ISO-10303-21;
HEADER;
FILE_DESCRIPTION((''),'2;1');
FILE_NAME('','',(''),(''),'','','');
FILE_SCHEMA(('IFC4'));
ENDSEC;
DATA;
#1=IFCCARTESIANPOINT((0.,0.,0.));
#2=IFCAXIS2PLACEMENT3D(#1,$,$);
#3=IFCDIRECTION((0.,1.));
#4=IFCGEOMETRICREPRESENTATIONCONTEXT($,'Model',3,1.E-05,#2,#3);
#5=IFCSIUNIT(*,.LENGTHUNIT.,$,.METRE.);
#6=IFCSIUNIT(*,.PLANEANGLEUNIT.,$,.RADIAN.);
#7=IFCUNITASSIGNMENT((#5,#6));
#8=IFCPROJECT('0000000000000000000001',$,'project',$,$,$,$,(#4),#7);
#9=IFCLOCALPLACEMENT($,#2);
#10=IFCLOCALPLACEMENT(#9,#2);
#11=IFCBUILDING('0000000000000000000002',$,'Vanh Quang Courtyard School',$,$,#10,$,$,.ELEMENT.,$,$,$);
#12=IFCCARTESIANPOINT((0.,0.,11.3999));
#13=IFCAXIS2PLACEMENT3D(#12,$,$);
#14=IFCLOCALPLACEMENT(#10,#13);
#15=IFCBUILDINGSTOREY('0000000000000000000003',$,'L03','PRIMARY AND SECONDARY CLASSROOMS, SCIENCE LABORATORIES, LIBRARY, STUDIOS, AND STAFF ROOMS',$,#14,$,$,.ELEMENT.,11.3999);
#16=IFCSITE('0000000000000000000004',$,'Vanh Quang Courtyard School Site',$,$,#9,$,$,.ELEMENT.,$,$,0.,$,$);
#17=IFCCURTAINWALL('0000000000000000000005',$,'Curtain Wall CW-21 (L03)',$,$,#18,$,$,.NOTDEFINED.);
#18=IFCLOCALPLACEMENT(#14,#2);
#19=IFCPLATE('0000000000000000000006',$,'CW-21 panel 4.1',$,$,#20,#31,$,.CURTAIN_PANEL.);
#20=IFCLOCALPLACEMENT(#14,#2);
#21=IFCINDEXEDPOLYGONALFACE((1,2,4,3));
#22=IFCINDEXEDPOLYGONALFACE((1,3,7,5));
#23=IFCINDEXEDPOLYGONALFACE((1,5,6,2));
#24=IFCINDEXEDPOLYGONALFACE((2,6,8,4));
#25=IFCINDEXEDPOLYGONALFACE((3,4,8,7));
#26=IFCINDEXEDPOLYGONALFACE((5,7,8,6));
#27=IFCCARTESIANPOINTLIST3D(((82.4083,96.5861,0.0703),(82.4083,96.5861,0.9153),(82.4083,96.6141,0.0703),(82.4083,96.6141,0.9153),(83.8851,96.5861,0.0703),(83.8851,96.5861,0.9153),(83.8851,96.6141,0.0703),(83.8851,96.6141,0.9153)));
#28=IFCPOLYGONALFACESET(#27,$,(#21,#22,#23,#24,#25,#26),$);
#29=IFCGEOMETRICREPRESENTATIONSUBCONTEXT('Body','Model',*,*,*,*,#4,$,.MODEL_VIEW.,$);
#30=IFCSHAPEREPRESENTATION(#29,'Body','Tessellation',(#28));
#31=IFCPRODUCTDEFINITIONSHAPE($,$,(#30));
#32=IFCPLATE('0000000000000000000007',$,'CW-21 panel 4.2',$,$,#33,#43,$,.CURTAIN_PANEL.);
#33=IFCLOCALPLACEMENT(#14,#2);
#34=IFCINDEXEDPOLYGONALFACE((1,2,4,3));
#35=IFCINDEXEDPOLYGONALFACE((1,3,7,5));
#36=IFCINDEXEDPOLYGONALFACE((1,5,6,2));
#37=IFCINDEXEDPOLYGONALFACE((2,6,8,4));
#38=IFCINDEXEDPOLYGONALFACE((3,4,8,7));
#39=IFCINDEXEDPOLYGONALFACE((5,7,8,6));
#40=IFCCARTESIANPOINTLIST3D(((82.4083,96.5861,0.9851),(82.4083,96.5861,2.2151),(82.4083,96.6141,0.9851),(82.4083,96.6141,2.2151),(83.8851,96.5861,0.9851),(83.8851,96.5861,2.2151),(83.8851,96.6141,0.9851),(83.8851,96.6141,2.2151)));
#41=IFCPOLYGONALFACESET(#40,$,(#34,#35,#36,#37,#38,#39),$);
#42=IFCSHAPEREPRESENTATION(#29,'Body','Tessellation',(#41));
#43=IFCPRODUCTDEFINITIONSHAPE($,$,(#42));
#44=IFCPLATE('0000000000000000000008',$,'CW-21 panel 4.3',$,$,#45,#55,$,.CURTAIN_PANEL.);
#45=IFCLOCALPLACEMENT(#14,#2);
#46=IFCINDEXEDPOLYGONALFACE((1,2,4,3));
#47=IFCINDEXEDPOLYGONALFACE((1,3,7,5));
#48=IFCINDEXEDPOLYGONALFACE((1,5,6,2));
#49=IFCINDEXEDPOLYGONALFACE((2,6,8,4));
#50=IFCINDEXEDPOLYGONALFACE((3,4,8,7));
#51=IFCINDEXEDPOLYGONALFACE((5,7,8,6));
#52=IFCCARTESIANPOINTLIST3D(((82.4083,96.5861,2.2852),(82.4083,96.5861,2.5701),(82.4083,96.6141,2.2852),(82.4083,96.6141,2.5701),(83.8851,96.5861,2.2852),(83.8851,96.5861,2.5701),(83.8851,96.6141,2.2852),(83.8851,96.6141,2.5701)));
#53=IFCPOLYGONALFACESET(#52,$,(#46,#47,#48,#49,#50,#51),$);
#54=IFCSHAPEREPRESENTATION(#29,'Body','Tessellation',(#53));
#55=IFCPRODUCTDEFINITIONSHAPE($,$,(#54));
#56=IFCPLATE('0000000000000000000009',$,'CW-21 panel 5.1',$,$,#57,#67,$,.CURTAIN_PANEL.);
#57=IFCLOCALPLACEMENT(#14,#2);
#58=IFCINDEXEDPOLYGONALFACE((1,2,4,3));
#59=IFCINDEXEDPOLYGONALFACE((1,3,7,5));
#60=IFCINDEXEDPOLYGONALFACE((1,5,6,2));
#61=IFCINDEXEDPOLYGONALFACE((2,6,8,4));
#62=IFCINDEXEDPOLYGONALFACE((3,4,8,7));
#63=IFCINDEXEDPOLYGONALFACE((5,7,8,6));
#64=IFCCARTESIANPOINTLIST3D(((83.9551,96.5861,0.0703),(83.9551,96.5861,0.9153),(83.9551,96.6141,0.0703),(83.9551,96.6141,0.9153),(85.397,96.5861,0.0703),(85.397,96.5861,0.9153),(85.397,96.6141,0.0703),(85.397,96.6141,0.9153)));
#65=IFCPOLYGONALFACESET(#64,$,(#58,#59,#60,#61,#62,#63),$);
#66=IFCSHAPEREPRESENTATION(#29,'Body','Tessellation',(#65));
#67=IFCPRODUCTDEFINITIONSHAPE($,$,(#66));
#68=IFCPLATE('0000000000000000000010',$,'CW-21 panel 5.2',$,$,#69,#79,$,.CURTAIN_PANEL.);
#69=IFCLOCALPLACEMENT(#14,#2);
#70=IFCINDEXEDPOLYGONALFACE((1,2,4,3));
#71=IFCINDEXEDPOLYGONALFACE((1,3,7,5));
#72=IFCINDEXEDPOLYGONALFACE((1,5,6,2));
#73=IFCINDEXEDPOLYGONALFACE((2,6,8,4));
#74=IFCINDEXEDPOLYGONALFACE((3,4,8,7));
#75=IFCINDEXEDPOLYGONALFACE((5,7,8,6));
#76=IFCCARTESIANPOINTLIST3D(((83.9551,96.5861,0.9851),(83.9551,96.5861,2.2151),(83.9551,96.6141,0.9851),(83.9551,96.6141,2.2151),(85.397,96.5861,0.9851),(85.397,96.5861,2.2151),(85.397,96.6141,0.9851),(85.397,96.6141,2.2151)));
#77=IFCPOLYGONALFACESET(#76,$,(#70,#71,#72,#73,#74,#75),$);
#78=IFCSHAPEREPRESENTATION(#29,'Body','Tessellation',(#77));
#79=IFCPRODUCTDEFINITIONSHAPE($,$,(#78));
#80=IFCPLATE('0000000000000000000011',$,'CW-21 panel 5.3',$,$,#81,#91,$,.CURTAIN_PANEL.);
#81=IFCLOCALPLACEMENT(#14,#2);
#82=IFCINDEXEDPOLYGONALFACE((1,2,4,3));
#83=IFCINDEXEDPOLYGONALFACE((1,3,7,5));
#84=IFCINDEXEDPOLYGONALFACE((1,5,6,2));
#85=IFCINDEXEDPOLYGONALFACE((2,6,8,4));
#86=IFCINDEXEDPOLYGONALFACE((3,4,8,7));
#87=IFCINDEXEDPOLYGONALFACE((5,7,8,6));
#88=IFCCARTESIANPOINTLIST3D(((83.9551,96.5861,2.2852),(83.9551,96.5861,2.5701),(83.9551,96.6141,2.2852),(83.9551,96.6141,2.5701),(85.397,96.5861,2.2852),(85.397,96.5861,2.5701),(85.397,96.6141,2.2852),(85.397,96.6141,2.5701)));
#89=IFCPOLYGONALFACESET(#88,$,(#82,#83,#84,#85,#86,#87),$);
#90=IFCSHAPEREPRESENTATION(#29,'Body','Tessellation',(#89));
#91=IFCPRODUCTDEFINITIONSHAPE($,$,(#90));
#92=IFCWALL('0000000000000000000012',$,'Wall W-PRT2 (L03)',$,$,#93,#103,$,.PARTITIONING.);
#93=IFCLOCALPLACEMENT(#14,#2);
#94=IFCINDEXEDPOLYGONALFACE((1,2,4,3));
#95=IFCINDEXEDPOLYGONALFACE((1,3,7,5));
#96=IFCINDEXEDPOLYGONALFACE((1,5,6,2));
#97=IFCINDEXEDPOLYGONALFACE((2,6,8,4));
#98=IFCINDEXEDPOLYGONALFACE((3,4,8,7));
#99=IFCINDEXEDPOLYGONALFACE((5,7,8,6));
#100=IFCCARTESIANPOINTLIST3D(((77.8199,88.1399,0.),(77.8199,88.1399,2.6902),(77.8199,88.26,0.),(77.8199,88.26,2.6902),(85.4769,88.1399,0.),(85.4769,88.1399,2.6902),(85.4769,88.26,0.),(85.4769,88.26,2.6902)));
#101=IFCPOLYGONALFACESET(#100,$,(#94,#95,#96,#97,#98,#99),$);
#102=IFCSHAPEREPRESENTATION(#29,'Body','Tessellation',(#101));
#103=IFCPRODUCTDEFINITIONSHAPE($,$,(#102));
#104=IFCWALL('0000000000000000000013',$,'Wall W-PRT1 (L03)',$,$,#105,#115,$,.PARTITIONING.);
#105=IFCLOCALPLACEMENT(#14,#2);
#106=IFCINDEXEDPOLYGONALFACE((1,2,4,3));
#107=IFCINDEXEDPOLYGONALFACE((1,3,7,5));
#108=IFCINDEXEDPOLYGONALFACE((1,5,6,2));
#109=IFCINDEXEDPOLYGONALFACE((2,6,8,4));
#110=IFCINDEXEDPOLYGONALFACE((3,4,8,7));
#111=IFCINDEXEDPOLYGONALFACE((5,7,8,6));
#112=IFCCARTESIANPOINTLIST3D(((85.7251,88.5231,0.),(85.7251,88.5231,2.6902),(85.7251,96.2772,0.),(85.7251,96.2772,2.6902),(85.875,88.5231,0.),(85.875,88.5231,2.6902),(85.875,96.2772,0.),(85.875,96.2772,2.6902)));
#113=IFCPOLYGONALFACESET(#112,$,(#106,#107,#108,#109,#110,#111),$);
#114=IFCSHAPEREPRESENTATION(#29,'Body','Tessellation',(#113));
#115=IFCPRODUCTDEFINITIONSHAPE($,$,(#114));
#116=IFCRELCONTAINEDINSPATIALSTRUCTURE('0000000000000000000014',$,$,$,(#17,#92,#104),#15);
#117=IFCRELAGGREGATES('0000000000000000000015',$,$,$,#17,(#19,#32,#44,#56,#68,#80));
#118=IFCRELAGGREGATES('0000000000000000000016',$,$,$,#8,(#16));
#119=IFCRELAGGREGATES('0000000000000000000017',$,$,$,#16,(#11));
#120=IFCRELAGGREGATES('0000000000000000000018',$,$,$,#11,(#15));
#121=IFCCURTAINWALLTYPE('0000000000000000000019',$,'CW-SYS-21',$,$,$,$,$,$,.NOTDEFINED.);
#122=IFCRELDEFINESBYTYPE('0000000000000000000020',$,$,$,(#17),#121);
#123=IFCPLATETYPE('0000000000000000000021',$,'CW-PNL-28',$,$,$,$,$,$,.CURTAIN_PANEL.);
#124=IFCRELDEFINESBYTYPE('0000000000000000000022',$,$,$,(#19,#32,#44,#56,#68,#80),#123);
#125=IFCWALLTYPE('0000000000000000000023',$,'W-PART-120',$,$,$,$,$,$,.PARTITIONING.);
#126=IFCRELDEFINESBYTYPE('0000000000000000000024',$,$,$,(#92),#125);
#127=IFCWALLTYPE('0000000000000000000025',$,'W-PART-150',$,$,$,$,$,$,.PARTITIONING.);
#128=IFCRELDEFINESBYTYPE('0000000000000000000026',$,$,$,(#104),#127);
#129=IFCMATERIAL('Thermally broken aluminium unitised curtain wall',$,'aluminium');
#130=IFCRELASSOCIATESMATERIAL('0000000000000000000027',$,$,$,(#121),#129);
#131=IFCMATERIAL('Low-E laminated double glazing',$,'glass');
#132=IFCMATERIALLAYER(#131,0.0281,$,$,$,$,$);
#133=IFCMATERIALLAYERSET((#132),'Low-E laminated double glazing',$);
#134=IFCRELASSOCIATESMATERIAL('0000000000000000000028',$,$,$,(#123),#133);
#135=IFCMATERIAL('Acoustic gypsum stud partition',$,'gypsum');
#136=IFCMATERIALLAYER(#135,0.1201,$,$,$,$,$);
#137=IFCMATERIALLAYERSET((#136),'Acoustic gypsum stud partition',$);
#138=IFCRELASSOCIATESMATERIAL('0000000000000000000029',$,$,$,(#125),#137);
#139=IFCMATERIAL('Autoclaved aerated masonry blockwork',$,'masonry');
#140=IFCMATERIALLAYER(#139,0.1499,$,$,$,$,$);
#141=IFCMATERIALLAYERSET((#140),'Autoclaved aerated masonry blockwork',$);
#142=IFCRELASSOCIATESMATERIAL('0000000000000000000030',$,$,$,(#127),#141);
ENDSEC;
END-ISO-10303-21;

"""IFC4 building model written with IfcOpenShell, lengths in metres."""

from ifc_helpers import new_model, si_unit, direction, frame, frame_2d, origin, origin_2d, place, context, subcontext, project, spatial, rectangle, extrude, material, layer, layer_set, type_object, element, aggregate, save


model = new_model("IFC4")

# Units and contexts
model_context = context("Model", 3, precision=1e-05, world=origin(), true_north=direction((0.0, 1.0)))
body_context = subcontext(model_context, "Body", "Model", "MODEL_VIEW")
ifc_project = project(units=[si_unit("LENGTHUNIT", "METRE"), si_unit("PLANEANGLEUNIT", "RADIAN")], contexts=[model_context])

# Site, building, storey
site_placement = place(None, origin())
site = spatial("IfcSite", under=ifc_project, at=site_placement, Name="Vanh Quang Courtyard School Site", CompositionType="ELEMENT", RefElevation=0.0)
building_placement = place(site_placement, origin())
building = spatial("IfcBuilding", under=site, at=building_placement, Name="Vanh Quang Courtyard School", CompositionType="ELEMENT")
storey_placement = place(building_placement, frame((0.0, 0.0, 11.3999)))
storey = spatial("IfcBuildingStorey", under=building, at=storey_placement, Name="L03", Description="PRIMARY AND SECONDARY CLASSROOMS, SCIENCE LABORATORIES, LIBRARY, STUDIOS, AND STAFF ROOMS", CompositionType="ELEMENT", Elevation=11.3999)

# Curtain wall
ifc_material_1 = material(Name="Thermally broken aluminium unitised curtain wall", Category="aluminium")
curtain_wall_type = type_object("IfcCurtainWallType", Name="CW-SYS-21", PredefinedType="NOTDEFINED", material=ifc_material_1)
curtain_wall_placement = place(storey_placement, origin())
curtain_wall = element("IfcCurtainWall", 1, at=curtain_wall_placement, inside=storey, type_object=curtain_wall_type, Name="Curtain Wall CW-21 (L03)", PredefinedType="NOTDEFINED")

# Plates
ifc_material_2 = material(Name="Low-E laminated double glazing", Category="glass")
ifc_layer_1 = layer(ifc_material_2, 0.0281)
ifc_layer_set_1 = layer_set([ifc_layer_1], Name="Low-E laminated double glazing")
plate_type = type_object("IfcPlateType", Name="CW-PNL-28", PredefinedType="CURTAIN_PANEL", material=ifc_layer_set_1)
plate_1_placement = place(storey_placement, frame((83.1467, 96.6001, 0.0703), z_axis=(0.0, 0.0, 1.0), x_axis=(1.0, 0.0, 0.0)))
plate_1 = element("IfcPlate", 2, at=plate_1_placement, type_object=plate_type, Name="CW-21 panel 4.1", PredefinedType="CURTAIN_PANEL", context=body_context, shape_type="SweptSolid", body=[
    extrude(rectangle(XDim=1.4768, YDim=0.0281, at=origin_2d()), origin(), (0.0, 0.0, 1.0), 0.845),
])
plate_2_placement = place(storey_placement, frame((83.1467, 96.6001, 0.9851), z_axis=(0.0, 0.0, 1.0), x_axis=(1.0, 0.0, 0.0)))
plate_2 = element("IfcPlate", 3, at=plate_2_placement, type_object=plate_type, Name="CW-21 panel 4.2", PredefinedType="CURTAIN_PANEL", context=body_context, shape_type="SweptSolid", body=[
    extrude(rectangle(XDim=1.4768, YDim=0.0281, at=origin_2d()), origin(), (0.0, 0.0, 1.0), 1.23),
])
plate_3_placement = place(storey_placement, frame((83.1467, 96.6001, 2.2852), z_axis=(0.0, 0.0, 1.0), x_axis=(1.0, 0.0, 0.0)))
plate_3 = element("IfcPlate", 4, at=plate_3_placement, type_object=plate_type, Name="CW-21 panel 4.3", PredefinedType="CURTAIN_PANEL", context=body_context, shape_type="SweptSolid", body=[
    extrude(rectangle(XDim=1.4768, YDim=0.0281, at=origin_2d()), origin(), (0.0, 0.0, 1.0), 0.2849),
])
plate_4_placement = place(storey_placement, frame((84.676, 96.6001, 0.0703), z_axis=(0.0, 0.0, 1.0), x_axis=(1.0, 0.0, 0.0)))
plate_4 = element("IfcPlate", 5, at=plate_4_placement, type_object=plate_type, Name="CW-21 panel 5.1", PredefinedType="CURTAIN_PANEL", context=body_context, shape_type="SweptSolid", body=[
    extrude(rectangle(XDim=1.4419, YDim=0.0281, at=origin_2d()), origin(), (0.0, 0.0, 1.0), 0.845),
])
plate_5_placement = place(storey_placement, frame((84.676, 96.6001, 0.9851), z_axis=(0.0, 0.0, 1.0), x_axis=(1.0, 0.0, 0.0)))
plate_5 = element("IfcPlate", 6, at=plate_5_placement, type_object=plate_type, Name="CW-21 panel 5.2", PredefinedType="CURTAIN_PANEL", context=body_context, shape_type="SweptSolid", body=[
    extrude(rectangle(XDim=1.4419, YDim=0.0281, at=origin_2d()), origin(), (0.0, 0.0, 1.0), 1.23),
])
plate_6_placement = place(storey_placement, frame((84.676, 96.6001, 2.2852), z_axis=(0.0, 0.0, 1.0), x_axis=(1.0, 0.0, 0.0)))
plate_6 = element("IfcPlate", 7, at=plate_6_placement, type_object=plate_type, Name="CW-21 panel 5.3", PredefinedType="CURTAIN_PANEL", context=body_context, shape_type="SweptSolid", body=[
    extrude(rectangle(XDim=1.4419, YDim=0.0281, at=origin_2d()), origin(), (0.0, 0.0, 1.0), 0.2849),
])
aggregate(curtain_wall, [plate_1, plate_2, plate_3, plate_4, plate_5, plate_6])

# Walls
ifc_material_3 = material(Name="Acoustic gypsum stud partition", Category="gypsum")
ifc_layer_2 = layer(ifc_material_3, 0.1201)
ifc_layer_set_2 = layer_set([ifc_layer_2], Name="Acoustic gypsum stud partition")
wall_type_1 = type_object("IfcWallType", Name="W-PART-120", PredefinedType="PARTITIONING", material=ifc_layer_set_2)
wall_1_placement = place(storey_placement, frame((85.4771, 88.2, 0.0), z_axis=(0.0, 0.0, 1.0), x_axis=(-1.0, 0.0, 0.0)))
element("IfcWall", 8, at=wall_1_placement, inside=storey, type_object=wall_type_1, Name="Wall W-PRT2 (L03)", PredefinedType="PARTITIONING", context=body_context, shape_type="SweptSolid", body=[
    extrude(rectangle(XDim=7.657, YDim=0.1201, at=frame_2d((3.8286, 0.0))), origin(), (0.0, 0.0, 1.0), 2.6902),
])
ifc_material_4 = material(Name="Autoclaved aerated masonry blockwork", Category="masonry")
ifc_layer_3 = layer(ifc_material_4, 0.1499)
ifc_layer_set_3 = layer_set([ifc_layer_3], Name="Autoclaved aerated masonry blockwork")
wall_type_2 = type_object("IfcWallType", Name="W-PART-150", PredefinedType="PARTITIONING", material=ifc_layer_set_3)
wall_2_placement = place(storey_placement, frame((85.8, 96.2771, 0.0), z_axis=(0.0, 0.0, 1.0), x_axis=(0.0, -1.0, 0.0)))
element("IfcWall", 9, at=wall_2_placement, inside=storey, type_object=wall_type_2, Name="Wall W-PRT1 (L03)", PredefinedType="PARTITIONING", context=body_context, shape_type="SweptSolid", body=[
    extrude(rectangle(XDim=7.7542, YDim=0.1499, at=frame_2d((3.877, 0.0))), origin(), (0.0, 0.0, 1.0), 2.6902),
])

save(model, "model.ifc")
